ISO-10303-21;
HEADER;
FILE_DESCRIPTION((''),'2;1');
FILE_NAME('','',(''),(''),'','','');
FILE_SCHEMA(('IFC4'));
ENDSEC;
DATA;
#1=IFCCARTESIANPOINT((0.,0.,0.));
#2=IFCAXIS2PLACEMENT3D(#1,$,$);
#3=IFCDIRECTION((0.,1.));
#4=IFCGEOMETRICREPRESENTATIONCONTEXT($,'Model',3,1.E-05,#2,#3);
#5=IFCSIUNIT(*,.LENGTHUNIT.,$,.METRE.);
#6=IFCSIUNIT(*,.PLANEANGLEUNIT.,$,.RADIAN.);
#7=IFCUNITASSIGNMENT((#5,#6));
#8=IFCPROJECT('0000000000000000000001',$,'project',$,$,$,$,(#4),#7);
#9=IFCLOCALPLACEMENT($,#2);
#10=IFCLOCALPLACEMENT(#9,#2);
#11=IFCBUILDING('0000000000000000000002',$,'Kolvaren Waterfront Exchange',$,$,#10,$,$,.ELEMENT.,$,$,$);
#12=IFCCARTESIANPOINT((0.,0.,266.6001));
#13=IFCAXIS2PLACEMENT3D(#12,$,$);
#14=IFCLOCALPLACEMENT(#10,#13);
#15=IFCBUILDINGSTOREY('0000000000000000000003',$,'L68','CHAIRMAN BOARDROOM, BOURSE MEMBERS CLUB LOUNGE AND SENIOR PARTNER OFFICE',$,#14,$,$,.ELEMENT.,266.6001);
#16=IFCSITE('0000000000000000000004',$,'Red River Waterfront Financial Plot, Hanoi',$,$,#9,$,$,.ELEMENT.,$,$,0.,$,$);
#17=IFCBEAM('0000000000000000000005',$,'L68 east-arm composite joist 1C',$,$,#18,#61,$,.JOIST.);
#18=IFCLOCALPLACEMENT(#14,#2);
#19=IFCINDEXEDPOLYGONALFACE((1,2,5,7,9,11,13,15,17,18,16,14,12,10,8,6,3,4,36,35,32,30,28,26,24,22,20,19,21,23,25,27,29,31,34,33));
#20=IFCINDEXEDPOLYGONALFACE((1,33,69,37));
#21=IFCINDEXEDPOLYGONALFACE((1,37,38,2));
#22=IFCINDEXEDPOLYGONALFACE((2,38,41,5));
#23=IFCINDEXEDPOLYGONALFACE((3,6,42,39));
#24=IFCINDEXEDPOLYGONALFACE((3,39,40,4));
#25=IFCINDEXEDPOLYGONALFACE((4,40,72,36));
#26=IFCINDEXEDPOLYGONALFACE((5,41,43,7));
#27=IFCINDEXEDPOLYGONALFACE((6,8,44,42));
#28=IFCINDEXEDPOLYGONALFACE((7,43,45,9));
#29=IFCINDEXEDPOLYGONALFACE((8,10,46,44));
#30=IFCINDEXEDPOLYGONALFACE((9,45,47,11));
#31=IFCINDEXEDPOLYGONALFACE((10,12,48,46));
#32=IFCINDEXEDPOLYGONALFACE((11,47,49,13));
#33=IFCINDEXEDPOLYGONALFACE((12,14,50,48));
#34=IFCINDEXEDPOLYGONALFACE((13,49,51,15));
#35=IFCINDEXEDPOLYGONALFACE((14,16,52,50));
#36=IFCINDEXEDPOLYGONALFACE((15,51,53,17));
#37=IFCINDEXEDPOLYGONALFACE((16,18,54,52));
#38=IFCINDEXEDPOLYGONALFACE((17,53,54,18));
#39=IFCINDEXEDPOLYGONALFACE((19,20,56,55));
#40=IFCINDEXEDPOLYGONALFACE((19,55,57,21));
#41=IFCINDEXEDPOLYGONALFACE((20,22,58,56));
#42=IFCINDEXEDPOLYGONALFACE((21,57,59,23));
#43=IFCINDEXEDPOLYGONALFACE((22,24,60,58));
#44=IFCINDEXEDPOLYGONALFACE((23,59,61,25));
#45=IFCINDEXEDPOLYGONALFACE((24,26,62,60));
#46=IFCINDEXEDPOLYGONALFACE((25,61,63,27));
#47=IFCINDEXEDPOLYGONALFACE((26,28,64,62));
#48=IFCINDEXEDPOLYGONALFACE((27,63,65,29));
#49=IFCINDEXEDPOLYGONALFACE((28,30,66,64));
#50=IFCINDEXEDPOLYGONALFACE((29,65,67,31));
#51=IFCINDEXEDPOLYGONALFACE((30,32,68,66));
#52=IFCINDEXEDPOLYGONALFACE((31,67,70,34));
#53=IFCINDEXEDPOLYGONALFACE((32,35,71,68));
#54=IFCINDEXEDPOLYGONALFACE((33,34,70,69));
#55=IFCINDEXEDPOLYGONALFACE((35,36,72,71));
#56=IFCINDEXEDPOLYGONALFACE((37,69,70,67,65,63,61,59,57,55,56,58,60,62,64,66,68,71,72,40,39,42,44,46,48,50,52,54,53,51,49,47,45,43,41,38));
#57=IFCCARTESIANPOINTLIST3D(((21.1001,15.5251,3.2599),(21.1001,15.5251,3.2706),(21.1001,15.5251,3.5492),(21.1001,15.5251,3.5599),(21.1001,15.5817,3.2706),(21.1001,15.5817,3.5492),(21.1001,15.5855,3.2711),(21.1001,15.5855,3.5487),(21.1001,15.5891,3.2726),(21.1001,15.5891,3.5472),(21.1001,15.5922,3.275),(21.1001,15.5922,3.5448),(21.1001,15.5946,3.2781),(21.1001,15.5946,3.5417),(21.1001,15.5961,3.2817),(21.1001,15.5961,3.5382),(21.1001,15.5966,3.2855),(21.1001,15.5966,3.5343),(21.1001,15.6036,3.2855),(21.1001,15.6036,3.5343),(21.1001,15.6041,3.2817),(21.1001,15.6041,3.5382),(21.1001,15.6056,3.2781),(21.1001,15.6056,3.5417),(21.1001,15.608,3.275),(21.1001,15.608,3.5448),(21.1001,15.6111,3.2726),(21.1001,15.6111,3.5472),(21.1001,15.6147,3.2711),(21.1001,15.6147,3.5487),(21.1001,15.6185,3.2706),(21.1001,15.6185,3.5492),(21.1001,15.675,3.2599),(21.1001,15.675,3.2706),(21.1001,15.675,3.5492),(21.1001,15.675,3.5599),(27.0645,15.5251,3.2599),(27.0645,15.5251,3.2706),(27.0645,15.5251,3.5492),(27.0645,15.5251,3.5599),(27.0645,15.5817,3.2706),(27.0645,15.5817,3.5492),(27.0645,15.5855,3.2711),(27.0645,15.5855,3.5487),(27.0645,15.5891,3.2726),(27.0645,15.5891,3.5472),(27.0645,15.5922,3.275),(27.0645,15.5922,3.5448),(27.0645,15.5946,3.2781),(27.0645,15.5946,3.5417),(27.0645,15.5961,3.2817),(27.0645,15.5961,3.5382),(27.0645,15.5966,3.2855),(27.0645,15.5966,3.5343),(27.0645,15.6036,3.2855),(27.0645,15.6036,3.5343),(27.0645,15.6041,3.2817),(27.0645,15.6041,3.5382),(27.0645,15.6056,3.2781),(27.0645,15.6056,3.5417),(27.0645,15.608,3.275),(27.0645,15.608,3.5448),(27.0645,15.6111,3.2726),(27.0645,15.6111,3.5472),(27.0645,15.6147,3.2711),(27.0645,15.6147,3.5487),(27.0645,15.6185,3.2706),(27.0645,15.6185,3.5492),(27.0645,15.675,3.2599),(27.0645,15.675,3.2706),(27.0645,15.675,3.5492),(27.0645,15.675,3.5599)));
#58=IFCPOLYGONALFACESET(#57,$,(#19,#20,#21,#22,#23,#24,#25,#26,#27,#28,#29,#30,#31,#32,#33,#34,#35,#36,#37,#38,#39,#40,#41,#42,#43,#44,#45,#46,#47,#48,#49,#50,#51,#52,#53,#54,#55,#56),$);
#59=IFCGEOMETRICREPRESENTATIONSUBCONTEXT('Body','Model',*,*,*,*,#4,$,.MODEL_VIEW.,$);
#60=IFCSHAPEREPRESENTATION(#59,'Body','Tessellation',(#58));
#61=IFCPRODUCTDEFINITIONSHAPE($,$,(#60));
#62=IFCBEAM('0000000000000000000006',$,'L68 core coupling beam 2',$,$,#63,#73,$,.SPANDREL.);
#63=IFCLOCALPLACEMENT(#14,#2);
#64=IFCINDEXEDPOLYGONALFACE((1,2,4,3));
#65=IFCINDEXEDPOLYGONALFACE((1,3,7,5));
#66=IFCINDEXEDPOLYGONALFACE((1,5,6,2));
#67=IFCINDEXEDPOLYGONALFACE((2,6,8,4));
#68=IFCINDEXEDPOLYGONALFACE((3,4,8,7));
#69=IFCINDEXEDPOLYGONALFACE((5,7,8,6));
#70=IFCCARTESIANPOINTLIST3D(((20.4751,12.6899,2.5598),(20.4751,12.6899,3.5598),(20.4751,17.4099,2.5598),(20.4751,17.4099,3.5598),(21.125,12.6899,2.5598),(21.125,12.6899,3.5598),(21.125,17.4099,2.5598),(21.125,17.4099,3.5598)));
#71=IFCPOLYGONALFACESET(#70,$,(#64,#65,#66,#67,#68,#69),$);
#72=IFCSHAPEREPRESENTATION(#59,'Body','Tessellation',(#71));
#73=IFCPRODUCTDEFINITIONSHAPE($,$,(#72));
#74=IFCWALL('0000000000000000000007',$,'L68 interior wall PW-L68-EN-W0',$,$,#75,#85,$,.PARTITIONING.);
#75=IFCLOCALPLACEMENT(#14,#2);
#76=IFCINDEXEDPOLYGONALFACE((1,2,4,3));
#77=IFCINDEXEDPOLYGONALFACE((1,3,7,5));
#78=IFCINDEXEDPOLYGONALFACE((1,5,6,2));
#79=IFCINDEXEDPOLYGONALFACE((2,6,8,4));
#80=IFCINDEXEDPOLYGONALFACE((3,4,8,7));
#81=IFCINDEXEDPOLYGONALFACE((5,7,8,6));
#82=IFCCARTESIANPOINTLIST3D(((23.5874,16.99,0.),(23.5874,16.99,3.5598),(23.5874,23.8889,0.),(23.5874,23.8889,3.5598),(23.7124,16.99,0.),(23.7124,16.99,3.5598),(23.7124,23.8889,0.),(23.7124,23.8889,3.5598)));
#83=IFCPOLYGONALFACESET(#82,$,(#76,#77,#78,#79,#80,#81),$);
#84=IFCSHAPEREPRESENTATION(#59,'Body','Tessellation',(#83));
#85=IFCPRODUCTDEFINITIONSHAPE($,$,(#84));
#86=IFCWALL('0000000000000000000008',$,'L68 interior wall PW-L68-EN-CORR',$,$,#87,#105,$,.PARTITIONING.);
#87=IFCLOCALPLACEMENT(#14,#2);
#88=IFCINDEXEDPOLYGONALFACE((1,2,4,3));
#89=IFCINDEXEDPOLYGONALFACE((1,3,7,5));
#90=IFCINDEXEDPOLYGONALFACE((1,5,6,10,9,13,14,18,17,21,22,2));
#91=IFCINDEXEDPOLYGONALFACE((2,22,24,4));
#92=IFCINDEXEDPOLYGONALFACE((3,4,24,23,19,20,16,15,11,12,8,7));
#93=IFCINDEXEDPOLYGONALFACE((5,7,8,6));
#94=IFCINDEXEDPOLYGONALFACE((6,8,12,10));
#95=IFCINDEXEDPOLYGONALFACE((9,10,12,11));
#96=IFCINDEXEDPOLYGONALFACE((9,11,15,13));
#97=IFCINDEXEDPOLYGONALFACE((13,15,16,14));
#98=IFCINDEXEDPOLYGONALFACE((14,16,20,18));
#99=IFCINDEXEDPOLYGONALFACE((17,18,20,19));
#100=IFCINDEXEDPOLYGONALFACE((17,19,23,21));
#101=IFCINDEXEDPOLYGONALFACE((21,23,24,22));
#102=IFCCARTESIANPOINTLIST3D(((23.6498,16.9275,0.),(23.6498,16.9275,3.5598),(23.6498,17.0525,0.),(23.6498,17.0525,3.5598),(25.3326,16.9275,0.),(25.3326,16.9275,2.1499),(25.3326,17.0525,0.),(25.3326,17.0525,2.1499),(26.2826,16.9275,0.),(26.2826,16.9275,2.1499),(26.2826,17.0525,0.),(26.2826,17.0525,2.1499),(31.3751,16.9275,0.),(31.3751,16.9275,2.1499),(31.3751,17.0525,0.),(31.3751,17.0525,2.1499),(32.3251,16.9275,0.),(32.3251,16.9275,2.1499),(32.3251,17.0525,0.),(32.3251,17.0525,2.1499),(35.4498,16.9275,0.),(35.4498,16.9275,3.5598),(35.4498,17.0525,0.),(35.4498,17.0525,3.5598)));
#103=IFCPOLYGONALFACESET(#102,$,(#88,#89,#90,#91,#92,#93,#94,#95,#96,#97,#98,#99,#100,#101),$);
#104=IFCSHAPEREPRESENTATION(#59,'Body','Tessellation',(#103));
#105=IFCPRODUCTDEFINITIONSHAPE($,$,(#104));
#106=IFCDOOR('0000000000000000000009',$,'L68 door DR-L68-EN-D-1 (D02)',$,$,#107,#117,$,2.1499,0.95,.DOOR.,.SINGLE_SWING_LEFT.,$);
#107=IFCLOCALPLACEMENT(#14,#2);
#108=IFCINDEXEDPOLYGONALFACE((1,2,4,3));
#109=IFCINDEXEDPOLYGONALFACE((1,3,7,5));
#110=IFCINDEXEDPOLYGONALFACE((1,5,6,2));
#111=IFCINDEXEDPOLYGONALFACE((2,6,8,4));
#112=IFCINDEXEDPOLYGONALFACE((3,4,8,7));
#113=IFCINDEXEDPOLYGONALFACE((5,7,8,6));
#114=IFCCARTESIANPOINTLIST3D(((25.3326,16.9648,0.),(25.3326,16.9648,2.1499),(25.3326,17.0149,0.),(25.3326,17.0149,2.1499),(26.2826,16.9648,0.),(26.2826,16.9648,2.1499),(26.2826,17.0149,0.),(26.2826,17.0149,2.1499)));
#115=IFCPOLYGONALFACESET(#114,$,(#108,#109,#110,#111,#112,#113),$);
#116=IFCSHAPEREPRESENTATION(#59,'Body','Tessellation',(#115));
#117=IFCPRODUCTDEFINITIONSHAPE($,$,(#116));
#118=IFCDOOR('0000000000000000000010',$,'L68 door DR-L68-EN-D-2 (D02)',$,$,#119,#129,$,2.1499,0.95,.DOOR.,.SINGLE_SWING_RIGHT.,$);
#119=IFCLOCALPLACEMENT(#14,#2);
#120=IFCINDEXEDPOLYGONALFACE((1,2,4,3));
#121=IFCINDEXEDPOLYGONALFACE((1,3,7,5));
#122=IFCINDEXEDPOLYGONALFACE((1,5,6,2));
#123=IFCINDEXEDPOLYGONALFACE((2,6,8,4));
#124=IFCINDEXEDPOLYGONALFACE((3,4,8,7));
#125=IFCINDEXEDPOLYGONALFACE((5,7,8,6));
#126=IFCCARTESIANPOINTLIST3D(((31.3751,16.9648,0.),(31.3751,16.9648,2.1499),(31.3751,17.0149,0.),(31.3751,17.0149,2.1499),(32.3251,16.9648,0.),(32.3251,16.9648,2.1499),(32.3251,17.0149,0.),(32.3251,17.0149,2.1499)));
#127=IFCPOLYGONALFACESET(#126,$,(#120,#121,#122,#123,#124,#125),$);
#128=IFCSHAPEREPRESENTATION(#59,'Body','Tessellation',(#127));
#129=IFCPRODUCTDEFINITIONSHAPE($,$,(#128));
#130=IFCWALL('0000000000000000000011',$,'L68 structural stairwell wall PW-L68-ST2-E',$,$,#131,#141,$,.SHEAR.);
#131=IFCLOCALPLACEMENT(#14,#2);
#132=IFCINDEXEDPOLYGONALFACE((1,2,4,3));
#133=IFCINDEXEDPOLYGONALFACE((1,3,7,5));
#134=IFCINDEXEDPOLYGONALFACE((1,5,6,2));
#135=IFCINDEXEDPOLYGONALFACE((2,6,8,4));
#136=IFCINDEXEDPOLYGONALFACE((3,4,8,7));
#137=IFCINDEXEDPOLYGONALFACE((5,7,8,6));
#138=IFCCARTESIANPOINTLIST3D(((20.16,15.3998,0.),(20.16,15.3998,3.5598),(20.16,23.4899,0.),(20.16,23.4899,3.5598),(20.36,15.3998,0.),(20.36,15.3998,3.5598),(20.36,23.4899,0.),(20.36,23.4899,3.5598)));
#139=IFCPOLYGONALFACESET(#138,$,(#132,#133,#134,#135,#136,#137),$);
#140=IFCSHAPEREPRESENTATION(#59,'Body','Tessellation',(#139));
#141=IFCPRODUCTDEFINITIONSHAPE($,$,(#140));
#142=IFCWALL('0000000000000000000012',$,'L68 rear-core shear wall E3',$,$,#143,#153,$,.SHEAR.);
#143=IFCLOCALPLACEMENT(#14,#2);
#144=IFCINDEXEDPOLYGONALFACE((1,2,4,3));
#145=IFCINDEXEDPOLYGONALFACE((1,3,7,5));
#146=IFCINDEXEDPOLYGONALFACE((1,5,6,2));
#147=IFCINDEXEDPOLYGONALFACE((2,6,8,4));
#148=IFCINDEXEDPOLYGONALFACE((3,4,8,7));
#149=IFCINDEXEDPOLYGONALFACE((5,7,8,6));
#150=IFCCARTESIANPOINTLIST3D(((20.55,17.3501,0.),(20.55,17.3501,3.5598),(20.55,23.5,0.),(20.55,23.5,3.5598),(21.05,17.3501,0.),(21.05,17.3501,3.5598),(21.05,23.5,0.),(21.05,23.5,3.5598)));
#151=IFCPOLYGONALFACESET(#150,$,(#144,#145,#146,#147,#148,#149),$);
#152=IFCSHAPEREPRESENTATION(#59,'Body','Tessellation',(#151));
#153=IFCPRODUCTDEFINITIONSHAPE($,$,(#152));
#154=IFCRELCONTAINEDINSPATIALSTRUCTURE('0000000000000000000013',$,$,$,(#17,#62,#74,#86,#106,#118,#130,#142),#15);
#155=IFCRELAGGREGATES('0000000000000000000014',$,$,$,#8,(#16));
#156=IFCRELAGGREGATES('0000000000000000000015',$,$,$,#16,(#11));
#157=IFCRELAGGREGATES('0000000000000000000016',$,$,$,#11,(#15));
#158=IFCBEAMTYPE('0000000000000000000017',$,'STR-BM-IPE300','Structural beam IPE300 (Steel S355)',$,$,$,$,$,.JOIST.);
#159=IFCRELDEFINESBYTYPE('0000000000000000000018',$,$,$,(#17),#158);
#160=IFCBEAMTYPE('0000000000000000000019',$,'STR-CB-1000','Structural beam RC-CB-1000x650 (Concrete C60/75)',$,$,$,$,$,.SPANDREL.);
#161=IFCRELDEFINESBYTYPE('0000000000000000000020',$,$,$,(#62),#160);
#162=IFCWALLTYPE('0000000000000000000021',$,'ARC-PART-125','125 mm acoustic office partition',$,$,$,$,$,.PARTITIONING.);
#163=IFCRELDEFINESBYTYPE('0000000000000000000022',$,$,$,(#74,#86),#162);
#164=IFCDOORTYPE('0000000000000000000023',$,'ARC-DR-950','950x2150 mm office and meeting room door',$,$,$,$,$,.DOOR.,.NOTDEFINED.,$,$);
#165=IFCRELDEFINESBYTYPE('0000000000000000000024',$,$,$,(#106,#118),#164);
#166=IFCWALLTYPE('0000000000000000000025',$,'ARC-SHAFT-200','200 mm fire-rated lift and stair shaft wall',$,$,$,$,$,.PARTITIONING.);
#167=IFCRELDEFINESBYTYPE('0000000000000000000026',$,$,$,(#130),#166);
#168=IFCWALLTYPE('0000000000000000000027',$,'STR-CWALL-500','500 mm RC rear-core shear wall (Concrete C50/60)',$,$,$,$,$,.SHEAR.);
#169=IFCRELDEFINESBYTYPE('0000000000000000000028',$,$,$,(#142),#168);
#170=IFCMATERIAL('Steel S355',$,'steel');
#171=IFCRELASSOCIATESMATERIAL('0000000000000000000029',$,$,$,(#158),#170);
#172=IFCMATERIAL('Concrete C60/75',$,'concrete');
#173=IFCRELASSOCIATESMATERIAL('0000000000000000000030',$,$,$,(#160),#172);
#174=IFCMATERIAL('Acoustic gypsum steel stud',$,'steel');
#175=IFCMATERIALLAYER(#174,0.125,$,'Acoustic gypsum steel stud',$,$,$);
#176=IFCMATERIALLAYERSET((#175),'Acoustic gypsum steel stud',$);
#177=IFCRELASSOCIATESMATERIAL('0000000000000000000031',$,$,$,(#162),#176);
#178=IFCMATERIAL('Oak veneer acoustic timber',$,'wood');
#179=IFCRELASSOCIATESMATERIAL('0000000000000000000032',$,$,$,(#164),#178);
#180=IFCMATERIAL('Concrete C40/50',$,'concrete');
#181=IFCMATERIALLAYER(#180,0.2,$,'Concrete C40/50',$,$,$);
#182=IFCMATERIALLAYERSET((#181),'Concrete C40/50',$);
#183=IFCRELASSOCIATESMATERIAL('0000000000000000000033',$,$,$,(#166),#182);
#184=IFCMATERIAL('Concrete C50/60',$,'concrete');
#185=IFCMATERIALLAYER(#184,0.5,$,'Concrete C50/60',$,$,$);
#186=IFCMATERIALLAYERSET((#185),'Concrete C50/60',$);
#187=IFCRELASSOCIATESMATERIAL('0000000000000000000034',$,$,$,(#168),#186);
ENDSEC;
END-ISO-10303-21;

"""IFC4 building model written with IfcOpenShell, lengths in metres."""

from ifc_helpers import new_model, si_unit, direction, frame, frame_2d, origin, origin_2d, place, context, subcontext, project, spatial, rectangle, i_section, extrude, material, layer, layer_set, material_profile, profile_set, type_object, element, fill, save


model = new_model("IFC4")

# Units and contexts
model_context = context("Model", 3, precision=1e-05, world=origin(), true_north=direction((0.0, 1.0)))
body_context = subcontext(model_context, "Body", "Model", "MODEL_VIEW")
ifc_project = project(units=[si_unit("LENGTHUNIT", "METRE"), si_unit("PLANEANGLEUNIT", "RADIAN")], contexts=[model_context])

# Site, building, storey
site_placement = place(None, origin())
site = spatial("IfcSite", under=ifc_project, at=site_placement, Name="Red River Waterfront Financial Plot, Hanoi", CompositionType="ELEMENT", RefElevation=0.0)
building_placement = place(site_placement, origin())
building = spatial("IfcBuilding", under=site, at=building_placement, Name="Kolvaren Waterfront Exchange", CompositionType="ELEMENT")
storey_placement = place(building_placement, frame((0.0, 0.0, 266.6001)))
storey = spatial("IfcBuildingStorey", under=building, at=storey_placement, Name="L68", Description="CHAIRMAN BOARDROOM, BOURSE MEMBERS CLUB LOUNGE AND SENIOR PARTNER OFFICE", CompositionType="ELEMENT", Elevation=266.6001)

# Shared definitions
ifc_material_1 = material(Name="Concrete C50/60", Category="concrete")

# Beams
ifc_material_2 = material(Name="Steel S355", Category="steel")
ifc_material_profile_1 = material_profile(ifc_material_2, i_section(OverallWidth=0.1499, OverallDepth=0.3, WebThickness=0.0071, FlangeThickness=0.0107, FilletRadius=0.0149, at=origin_2d()), Name="IPE300")
ifc_profile_set_1 = profile_set([ifc_material_profile_1], Name="Steel S355")
beam_type_1 = type_object("IfcBeamType", Name="STR-BM-IPE300", Description="Structural beam IPE300 (Steel S355)", PredefinedType="JOIST", material=ifc_profile_set_1)
for number, where, z_axis, x_axis, name in (
    (1, (21.1001, 15.6001, 3.4099), (1.0, 0.0, 0.0), (0.0, 1.0, 0.0), "L68 east-arm composite joist 1C"),
):
    element("IfcBeam", number, at=place(storey_placement, frame(where, z_axis=z_axis, x_axis=x_axis)), inside=storey, type_object=beam_type_1, Name=name, PredefinedType="JOIST", context=body_context, shape_type="SweptSolid", body=[
        extrude(i_section(OverallWidth=0.1499, OverallDepth=0.3, WebThickness=0.0071, FlangeThickness=0.0107, FilletRadius=0.0149, at=origin_2d()), origin(), (0.0, 0.0, 1.0), 5.9644),
    ])
ifc_material_3 = material(Name="Concrete C60/75", Category="concrete")
ifc_material_profile_2 = material_profile(ifc_material_3, rectangle(XDim=0.6499, YDim=1.0, at=origin_2d()), Name="RC-CB-1000x650")
ifc_profile_set_2 = profile_set([ifc_material_profile_2], Name="Concrete C60/75")
beam_type_2 = type_object("IfcBeamType", Name="STR-CB-1000", Description="Structural beam RC-CB-1000x650 (Concrete C60/75)", PredefinedType="SPANDREL", material=ifc_profile_set_2)
beam_1_placement = place(storey_placement, frame((20.8, 12.6899, 3.0598), z_axis=(0.0, 1.0, 0.0), x_axis=(-1.0, 0.0, 0.0)))
element("IfcBeam", 2, at=beam_1_placement, inside=storey, type_object=beam_type_2, Name="L68 core coupling beam 2", PredefinedType="SPANDREL", context=body_context, shape_type="SweptSolid", body=[
    extrude(rectangle(XDim=0.6499, YDim=1.0, at=origin_2d()), origin(), (0.0, 0.0, 1.0), 4.72),
])

# Shared definitions
ifc_material_4 = material(Name="Acoustic gypsum steel stud", Category="steel")
ifc_layer_1 = layer(ifc_material_4, 0.125, Name="Acoustic gypsum steel stud")
ifc_layer_set_1 = layer_set([ifc_layer_1], Name="Acoustic gypsum steel stud")
wall_type_1 = type_object("IfcWallType", Name="ARC-PART-125", Description="125 mm acoustic office partition", PredefinedType="PARTITIONING", material=ifc_layer_set_1)
ifc_material_5 = material(Name="Oak veneer acoustic timber", Category="wood")
door_type_1 = type_object("IfcDoorType", Name="ARC-DR-950", Description="950x2150 mm office and meeting room door", OperationType="NOTDEFINED", PredefinedType="DOOR", material=ifc_material_5)

# Wall
wall_1_placement = place(storey_placement, frame((23.6499, 16.99, 0.0), z_axis=(0.0, 0.0, 1.0), x_axis=(0.0, 1.0, 0.0)))
element("IfcWall", 3, at=wall_1_placement, inside=storey, type_object=wall_type_1, Name="L68 interior wall PW-L68-EN-W0", PredefinedType="PARTITIONING", context=body_context, shape_type="SweptSolid", body=[
    extrude(rectangle(XDim=6.8989, YDim=0.125, at=frame_2d((3.4495, 0.0))), origin(), (0.0, 0.0, 1.0), 3.5598),
])

# Wall, openings, doors
wall_2_placement = place(storey_placement, frame((23.6499, 16.99, 0.0), z_axis=(0.0, 0.0, 1.0), x_axis=(1.0, 0.0, 0.0)))
wall_2 = element("IfcWall", 4, at=wall_2_placement, inside=storey, type_object=wall_type_1, Name="L68 interior wall PW-L68-EN-CORR", PredefinedType="PARTITIONING", context=body_context, shape_type="SweptSolid", body=[
    extrude(rectangle(XDim=11.8, YDim=0.125, at=frame_2d((5.8999, 0.0))), origin(), (0.0, 0.0, 1.0), 3.5598),
])
opening_1_placement = place(wall_2_placement, frame((1.6826, 0.0, 0.0)))
opening_1 = element("IfcOpeningElement", 5, at=opening_1_placement, cuts=wall_2, PredefinedType="OPENING", context=body_context, shape_type="SweptSolid", body=[
    extrude(rectangle(XDim=0.95, YDim=2.1499, at=frame_2d((0.4751, 1.075))), frame((0.0, 0.0725, 0.0), z_axis=(0.0, -1.0, 0.0), x_axis=(1.0, 0.0, 0.0)), (0.0, 0.0, 1.0), 0.145),
])
opening_2_placement = place(wall_2_placement, frame((7.7251, 0.0, 0.0)))
opening_2 = element("IfcOpeningElement", 6, at=opening_2_placement, cuts=wall_2, PredefinedType="OPENING", context=body_context, shape_type="SweptSolid", body=[
    extrude(rectangle(XDim=0.95, YDim=2.1499, at=frame_2d((0.4751, 1.075))), frame((0.0, 0.0725, 0.0), z_axis=(0.0, -1.0, 0.0), x_axis=(1.0, 0.0, 0.0)), (0.0, 0.0, 1.0), 0.145),
])
door_1_placement = place(opening_1_placement, origin())
door_1 = element("IfcDoor", 7, at=door_1_placement, inside=storey, type_object=door_type_1, Name="L68 door DR-L68-EN-D-1 (D02)", OperationType="SINGLE_SWING_LEFT", OverallHeight=2.1499, OverallWidth=0.95, PredefinedType="DOOR", context=body_context, shape_type="SweptSolid", body=[
    extrude(rectangle(XDim=0.95, YDim=2.1499, at=frame_2d((0.4751, 1.075))), frame((0.0, 0.0249, 0.0), z_axis=(0.0, -1.0, 0.0), x_axis=(1.0, 0.0, 0.0)), (0.0, 0.0, 1.0), 0.05),
])
fill(opening_1, door_1)
door_2_placement = place(opening_2_placement, origin())
door_2 = element("IfcDoor", 8, at=door_2_placement, inside=storey, type_object=door_type_1, Name="L68 door DR-L68-EN-D-2 (D02)", OperationType="SINGLE_SWING_RIGHT", OverallHeight=2.1499, OverallWidth=0.95, PredefinedType="DOOR", context=body_context, shape_type="SweptSolid", body=[
    extrude(rectangle(XDim=0.95, YDim=2.1499, at=frame_2d((0.4751, 1.075))), frame((0.0, 0.0249, 0.0), z_axis=(0.0, -1.0, 0.0), x_axis=(1.0, 0.0, 0.0)), (0.0, 0.0, 1.0), 0.05),
])
fill(opening_2, door_2)

# Walls
ifc_material_6 = material(Name="Concrete C40/50", Category="concrete")
ifc_layer_2 = layer(ifc_material_6, 0.2, Name="Concrete C40/50")
ifc_layer_set_2 = layer_set([ifc_layer_2], Name="Concrete C40/50")
wall_type_2 = type_object("IfcWallType", Name="ARC-SHAFT-200", Description="200 mm fire-rated lift and stair shaft wall", PredefinedType="PARTITIONING", material=ifc_layer_set_2)
wall_3_placement = place(storey_placement, frame((20.26, 15.3999, 0.0), z_axis=(0.0, 0.0, 1.0), x_axis=(0.0, 1.0, 0.0)))
element("IfcWall", 9, at=wall_3_placement, inside=storey, type_object=wall_type_2, Name="L68 structural stairwell wall PW-L68-ST2-E", PredefinedType="SHEAR", context=body_context, shape_type="SweptSolid", body=[
    extrude(rectangle(XDim=8.0901, YDim=0.2, at=frame_2d((4.0449, 0.0))), origin(), (0.0, 0.0, 1.0), 3.5598),
])
ifc_layer_3 = layer(ifc_material_1, 0.5, Name="Concrete C50/60")
ifc_layer_set_3 = layer_set([ifc_layer_3], Name="Concrete C50/60")
wall_type_3 = type_object("IfcWallType", Name="STR-CWALL-500", Description="500 mm RC rear-core shear wall (Concrete C50/60)", PredefinedType="SHEAR", material=ifc_layer_set_3)
wall_4_placement = place(storey_placement, frame((20.8, 17.3501, 0.0), z_axis=(0.0, 0.0, 1.0), x_axis=(0.0, 1.0, 0.0)))
element("IfcWall", 10, at=wall_4_placement, inside=storey, type_object=wall_type_3, Name="L68 rear-core shear wall E3", PredefinedType="SHEAR", context=body_context, shape_type="SweptSolid", body=[
    extrude(rectangle(XDim=6.1499, YDim=0.5, at=frame_2d((3.075, 0.0))), origin(), (0.0, 0.0, 1.0), 3.5598),
])

save(model, "model.ifc")
